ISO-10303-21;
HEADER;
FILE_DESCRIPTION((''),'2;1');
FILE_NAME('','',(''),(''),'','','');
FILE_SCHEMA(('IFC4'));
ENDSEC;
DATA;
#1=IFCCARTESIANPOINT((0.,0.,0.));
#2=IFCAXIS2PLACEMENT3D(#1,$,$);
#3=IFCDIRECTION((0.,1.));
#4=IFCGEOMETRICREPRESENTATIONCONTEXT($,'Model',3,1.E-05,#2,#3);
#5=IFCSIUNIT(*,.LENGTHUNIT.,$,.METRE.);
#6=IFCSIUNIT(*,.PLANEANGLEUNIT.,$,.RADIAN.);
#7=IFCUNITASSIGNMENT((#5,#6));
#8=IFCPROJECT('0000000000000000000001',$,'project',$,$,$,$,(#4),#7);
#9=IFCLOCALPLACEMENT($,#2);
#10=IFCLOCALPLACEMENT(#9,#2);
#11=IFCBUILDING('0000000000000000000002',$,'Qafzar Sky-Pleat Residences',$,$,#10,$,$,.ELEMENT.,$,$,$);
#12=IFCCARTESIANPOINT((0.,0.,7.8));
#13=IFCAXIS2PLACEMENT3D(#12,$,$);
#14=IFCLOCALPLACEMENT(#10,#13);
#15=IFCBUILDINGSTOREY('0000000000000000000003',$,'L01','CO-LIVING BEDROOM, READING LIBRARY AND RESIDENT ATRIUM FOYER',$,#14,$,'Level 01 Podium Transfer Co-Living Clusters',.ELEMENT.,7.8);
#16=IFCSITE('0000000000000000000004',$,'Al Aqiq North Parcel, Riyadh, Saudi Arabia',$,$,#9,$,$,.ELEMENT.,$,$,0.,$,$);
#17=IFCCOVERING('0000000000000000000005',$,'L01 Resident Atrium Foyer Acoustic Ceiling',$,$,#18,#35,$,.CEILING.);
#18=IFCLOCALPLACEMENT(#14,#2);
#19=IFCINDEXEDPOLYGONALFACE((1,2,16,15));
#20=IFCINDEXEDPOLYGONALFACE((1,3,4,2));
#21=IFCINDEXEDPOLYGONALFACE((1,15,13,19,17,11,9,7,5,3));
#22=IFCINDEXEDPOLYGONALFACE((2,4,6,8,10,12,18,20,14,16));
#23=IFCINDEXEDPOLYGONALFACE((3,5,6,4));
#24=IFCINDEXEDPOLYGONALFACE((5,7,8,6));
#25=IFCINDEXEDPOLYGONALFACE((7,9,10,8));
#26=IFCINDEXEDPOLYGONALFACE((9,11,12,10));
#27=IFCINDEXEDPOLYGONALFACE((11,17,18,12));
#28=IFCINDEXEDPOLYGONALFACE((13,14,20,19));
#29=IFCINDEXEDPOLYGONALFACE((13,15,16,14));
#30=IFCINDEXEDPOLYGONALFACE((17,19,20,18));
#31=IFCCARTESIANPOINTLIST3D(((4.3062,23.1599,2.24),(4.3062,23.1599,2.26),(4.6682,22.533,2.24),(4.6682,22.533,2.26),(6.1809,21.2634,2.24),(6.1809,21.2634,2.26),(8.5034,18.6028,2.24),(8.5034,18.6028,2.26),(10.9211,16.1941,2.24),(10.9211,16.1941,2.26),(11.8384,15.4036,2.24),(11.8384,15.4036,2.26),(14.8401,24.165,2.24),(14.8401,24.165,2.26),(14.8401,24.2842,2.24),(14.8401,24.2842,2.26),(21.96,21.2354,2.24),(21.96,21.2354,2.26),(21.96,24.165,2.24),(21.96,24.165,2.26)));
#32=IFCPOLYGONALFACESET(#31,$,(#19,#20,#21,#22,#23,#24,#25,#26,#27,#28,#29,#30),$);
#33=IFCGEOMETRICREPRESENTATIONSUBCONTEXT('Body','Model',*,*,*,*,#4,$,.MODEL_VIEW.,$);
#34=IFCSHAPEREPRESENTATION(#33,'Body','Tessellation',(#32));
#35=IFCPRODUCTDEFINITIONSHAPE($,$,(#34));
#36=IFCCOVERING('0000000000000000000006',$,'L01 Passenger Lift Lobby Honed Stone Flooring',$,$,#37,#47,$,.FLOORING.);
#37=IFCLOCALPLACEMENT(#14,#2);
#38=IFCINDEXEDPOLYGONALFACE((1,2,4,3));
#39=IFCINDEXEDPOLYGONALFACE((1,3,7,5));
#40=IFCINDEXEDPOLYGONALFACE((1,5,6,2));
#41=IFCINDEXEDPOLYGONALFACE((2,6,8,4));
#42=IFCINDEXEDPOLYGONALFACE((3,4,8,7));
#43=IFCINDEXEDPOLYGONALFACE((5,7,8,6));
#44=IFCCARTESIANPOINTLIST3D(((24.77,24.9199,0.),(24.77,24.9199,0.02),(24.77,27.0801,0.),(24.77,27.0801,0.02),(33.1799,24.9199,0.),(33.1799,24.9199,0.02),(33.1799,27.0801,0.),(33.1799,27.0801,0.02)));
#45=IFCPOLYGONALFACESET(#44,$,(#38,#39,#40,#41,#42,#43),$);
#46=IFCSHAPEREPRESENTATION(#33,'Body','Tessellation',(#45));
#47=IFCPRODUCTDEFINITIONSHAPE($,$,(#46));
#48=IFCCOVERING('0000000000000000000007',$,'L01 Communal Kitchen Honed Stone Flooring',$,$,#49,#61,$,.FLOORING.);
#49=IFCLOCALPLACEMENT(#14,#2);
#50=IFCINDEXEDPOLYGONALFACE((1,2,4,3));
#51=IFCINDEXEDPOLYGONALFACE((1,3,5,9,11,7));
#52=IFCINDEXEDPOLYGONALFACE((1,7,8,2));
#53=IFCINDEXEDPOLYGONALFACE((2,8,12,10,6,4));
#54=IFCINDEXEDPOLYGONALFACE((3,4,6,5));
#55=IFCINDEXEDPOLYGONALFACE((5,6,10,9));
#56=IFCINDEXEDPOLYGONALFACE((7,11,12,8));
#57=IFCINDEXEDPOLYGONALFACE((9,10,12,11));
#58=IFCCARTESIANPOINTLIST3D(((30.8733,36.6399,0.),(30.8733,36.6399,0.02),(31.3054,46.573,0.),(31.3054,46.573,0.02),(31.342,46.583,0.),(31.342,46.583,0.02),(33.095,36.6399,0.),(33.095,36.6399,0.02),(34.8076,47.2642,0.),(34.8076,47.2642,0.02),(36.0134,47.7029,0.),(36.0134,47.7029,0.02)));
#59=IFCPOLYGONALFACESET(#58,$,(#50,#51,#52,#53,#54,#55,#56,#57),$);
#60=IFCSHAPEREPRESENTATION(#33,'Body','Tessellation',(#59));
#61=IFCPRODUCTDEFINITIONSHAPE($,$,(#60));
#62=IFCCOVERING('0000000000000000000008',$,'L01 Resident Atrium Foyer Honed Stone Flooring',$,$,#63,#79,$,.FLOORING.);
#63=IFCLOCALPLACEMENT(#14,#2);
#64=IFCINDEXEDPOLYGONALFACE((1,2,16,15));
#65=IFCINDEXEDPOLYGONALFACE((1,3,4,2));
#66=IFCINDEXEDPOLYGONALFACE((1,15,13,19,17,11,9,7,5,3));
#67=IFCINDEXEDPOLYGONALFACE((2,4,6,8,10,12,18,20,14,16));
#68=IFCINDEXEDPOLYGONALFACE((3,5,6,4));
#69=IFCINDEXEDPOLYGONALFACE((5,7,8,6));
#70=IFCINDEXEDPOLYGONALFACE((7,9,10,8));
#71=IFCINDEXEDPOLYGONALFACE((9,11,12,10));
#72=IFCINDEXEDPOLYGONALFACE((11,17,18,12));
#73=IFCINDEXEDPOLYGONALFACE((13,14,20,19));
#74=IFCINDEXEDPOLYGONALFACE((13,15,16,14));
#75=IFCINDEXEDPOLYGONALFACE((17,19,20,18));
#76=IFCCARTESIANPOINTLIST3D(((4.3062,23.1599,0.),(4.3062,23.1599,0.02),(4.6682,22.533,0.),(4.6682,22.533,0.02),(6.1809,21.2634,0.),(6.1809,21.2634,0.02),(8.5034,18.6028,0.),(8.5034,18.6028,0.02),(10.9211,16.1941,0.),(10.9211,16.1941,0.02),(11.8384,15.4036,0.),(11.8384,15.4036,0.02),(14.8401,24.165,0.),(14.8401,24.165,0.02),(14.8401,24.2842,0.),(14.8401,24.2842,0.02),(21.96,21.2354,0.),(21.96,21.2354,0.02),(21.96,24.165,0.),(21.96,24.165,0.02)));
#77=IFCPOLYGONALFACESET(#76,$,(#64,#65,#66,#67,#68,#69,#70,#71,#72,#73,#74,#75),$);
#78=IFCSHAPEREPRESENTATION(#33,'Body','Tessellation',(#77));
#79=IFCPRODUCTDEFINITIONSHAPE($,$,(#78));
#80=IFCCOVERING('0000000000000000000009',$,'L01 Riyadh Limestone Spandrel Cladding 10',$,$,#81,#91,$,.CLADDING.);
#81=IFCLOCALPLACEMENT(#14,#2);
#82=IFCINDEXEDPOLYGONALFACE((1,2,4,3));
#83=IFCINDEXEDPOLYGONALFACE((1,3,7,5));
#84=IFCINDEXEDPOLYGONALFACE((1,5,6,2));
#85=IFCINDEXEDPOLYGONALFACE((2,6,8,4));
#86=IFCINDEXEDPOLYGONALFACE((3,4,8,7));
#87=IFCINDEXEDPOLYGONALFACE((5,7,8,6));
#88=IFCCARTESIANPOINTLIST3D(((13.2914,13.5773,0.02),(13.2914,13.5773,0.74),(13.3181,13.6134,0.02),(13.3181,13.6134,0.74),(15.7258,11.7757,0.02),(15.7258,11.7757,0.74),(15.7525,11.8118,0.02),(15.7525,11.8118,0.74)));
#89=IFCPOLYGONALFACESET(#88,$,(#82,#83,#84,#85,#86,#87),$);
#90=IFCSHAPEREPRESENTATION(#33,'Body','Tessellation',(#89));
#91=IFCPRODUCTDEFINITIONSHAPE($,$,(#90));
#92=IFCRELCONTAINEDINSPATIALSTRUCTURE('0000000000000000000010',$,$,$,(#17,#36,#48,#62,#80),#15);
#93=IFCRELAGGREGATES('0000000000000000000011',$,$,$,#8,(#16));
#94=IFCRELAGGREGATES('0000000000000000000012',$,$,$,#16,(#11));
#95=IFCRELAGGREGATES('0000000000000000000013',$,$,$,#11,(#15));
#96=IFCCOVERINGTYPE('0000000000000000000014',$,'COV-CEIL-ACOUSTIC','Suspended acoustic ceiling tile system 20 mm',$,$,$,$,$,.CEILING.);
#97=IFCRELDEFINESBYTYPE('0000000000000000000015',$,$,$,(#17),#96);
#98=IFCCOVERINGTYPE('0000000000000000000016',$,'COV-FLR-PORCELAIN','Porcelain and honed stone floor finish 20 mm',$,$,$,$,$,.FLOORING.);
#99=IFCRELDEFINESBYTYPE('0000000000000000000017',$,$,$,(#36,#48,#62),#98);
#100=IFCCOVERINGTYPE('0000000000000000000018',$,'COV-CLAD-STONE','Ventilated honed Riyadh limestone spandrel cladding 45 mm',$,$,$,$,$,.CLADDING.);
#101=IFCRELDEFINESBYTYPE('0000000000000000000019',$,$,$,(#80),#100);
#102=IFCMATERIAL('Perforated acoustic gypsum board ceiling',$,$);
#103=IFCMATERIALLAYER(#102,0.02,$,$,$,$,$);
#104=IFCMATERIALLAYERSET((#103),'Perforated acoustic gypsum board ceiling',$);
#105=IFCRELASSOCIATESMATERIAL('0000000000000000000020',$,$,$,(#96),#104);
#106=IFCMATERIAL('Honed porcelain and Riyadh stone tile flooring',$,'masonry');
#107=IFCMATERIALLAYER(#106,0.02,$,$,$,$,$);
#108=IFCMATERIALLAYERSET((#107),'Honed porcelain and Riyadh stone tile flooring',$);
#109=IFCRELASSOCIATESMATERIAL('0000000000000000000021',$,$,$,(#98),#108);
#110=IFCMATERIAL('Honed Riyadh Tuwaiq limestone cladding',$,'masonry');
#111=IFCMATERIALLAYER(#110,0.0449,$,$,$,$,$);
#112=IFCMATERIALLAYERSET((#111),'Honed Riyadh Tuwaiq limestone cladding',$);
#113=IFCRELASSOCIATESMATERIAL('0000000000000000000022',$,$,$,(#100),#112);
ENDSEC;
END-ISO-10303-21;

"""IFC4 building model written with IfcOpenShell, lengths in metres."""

from ifc_helpers import new_model, si_unit, direction, frame, origin, origin_2d, place, context, subcontext, project, spatial, polyline, rectangle, outline, extrude, source, transform, mapped, material, layer, layer_set, type_object, element, save


model = new_model("IFC4")

# Units and contexts
model_context = context("Model", 3, precision=1e-05, world=origin(), true_north=direction((0.0, 1.0)))
body_context = subcontext(model_context, "Body", "Model", "MODEL_VIEW")
ifc_project = project(units=[si_unit("LENGTHUNIT", "METRE"), si_unit("PLANEANGLEUNIT", "RADIAN")], contexts=[model_context])

# Site, building, storey
site_placement = place(None, origin())
site = spatial("IfcSite", under=ifc_project, at=site_placement, Name="Al Aqiq North Parcel, Riyadh, Saudi Arabia", CompositionType="ELEMENT", RefElevation=0.0)
building_placement = place(site_placement, origin())
building = spatial("IfcBuilding", under=site, at=building_placement, Name="Qafzar Sky-Pleat Residences", CompositionType="ELEMENT")
storey_placement = place(building_placement, frame((0.0, 0.0, 7.8)))
storey = spatial("IfcBuildingStorey", under=building, at=storey_placement, Name="L01", Description="CO-LIVING BEDROOM, READING LIBRARY AND RESIDENT ATRIUM FOYER", LongName="Level 01 Podium Transfer Co-Living Clusters", CompositionType="ELEMENT", Elevation=7.8)

# Coverings
ifc_material_1 = material(Name="Perforated acoustic gypsum board ceiling")
ifc_layer_1 = layer(ifc_material_1, 0.02)
ifc_layer_set_1 = layer_set([ifc_layer_1], Name="Perforated acoustic gypsum board ceiling")
covering_type_1 = type_object("IfcCoveringType", Name="COV-CEIL-ACOUSTIC", Description="Suspended acoustic ceiling tile system 20 mm", PredefinedType="CEILING", material=ifc_layer_set_1)
covering_1_placement = place(storey_placement, frame((0.0, 0.0, 2.24)))
element("IfcCovering", 1, at=covering_1_placement, inside=storey, type_object=covering_type_1, Name="L01 Resident Atrium Foyer Acoustic Ceiling", PredefinedType="CEILING", context=body_context, shape_type="SweptSolid", body=[
    extrude(outline(polyline([(10.9211, 16.1941), (8.5034, 18.6028), (6.1809, 21.2634), (4.6682, 22.533), (4.3062, 23.1599), (14.8401, 24.2842), (14.8401, 24.165), (21.96, 24.165), (21.96, 21.2354), (11.8384, 15.4036), (10.9211, 16.1941)])), origin(), (0.0, 0.0, 1.0), 0.02),
])
ifc_material_2 = material(Name="Honed porcelain and Riyadh stone tile flooring", Category="masonry")
ifc_layer_2 = layer(ifc_material_2, 0.02)
ifc_layer_set_2 = layer_set([ifc_layer_2], Name="Honed porcelain and Riyadh stone tile flooring")
covering_type_2 = type_object("IfcCoveringType", Name="COV-FLR-PORCELAIN", Description="Porcelain and honed stone floor finish 20 mm", PredefinedType="FLOORING", material=ifc_layer_set_2)
covering_2_placement = place(storey_placement, origin())
element("IfcCovering", 2, at=covering_2_placement, inside=storey, type_object=covering_type_2, Name="L01 Passenger Lift Lobby Honed Stone Flooring", PredefinedType="FLOORING", context=body_context, shape_type="SweptSolid", body=[
    extrude(outline(polyline([(33.1799, 24.9199), (24.77, 24.9199), (24.77, 27.0801), (33.1799, 27.0801), (33.1799, 24.9199)])), origin(), (0.0, 0.0, 1.0), 0.02),
])
covering_3_placement = place(storey_placement, origin())
element("IfcCovering", 3, at=covering_3_placement, inside=storey, type_object=covering_type_2, Name="L01 Communal Kitchen Honed Stone Flooring", PredefinedType="FLOORING", context=body_context, shape_type="SweptSolid", body=[
    extrude(outline(polyline([(34.8076, 47.2642), (36.0134, 47.7029), (33.095, 36.6399), (30.8733, 36.6399), (31.3054, 46.573), (31.342, 46.583), (34.8076, 47.2642)])), origin(), (0.0, 0.0, 1.0), 0.02),
])
covering_4_placement = place(storey_placement, origin())
element("IfcCovering", 4, at=covering_4_placement, inside=storey, type_object=covering_type_2, Name="L01 Resident Atrium Foyer Honed Stone Flooring", PredefinedType="FLOORING", context=body_context, shape_type="SweptSolid", body=[
    extrude(outline(polyline([(10.9211, 16.1941), (8.5034, 18.6028), (6.1809, 21.2634), (4.6682, 22.533), (4.3062, 23.1599), (14.8401, 24.2842), (14.8401, 24.165), (21.96, 24.165), (21.96, 21.2354), (11.8384, 15.4036), (10.9211, 16.1941)])), origin(), (0.0, 0.0, 1.0), 0.02),
])
ifc_material_3 = material(Name="Honed Riyadh Tuwaiq limestone cladding", Category="masonry")
ifc_layer_3 = layer(ifc_material_3, 0.0449)
ifc_layer_set_3 = layer_set([ifc_layer_3], Name="Honed Riyadh Tuwaiq limestone cladding")
covering_type_3 = type_object("IfcCoveringType", Name="COV-CLAD-STONE", Description="Ventilated honed Riyadh limestone spandrel cladding 45 mm", PredefinedType="CLADDING", material=ifc_layer_set_3)
shared_shape_1 = source(origin(), body_context, "Body", "SweptSolid", [
    extrude(rectangle(XDim=3.0286, YDim=0.0449, at=origin_2d()), origin(), (0.0, 0.0, 1.0), 0.72),
])
covering_5_placement = place(storey_placement, frame((14.522, 12.6946, 0.02), z_axis=(0.0, 0.0, 1.0), x_axis=(0.803817, -0.594876, 0.0)))
element("IfcCovering", 5, at=covering_5_placement, inside=storey, type_object=covering_type_3, Name="L01 Riyadh Limestone Spandrel Cladding 10", PredefinedType="CLADDING", context=body_context, shape_type="MappedRepresentation", body=[
    mapped(shared_shape_1, transform((0.0, 0.0, 0.0), x_axis=(1.0, 0.0, 0.0), y_axis=(0.0, 1.0, 0.0), z_axis=(0.0, 0.0, 1.0), scale=1.0)),
])

save(model, "model.ifc")
